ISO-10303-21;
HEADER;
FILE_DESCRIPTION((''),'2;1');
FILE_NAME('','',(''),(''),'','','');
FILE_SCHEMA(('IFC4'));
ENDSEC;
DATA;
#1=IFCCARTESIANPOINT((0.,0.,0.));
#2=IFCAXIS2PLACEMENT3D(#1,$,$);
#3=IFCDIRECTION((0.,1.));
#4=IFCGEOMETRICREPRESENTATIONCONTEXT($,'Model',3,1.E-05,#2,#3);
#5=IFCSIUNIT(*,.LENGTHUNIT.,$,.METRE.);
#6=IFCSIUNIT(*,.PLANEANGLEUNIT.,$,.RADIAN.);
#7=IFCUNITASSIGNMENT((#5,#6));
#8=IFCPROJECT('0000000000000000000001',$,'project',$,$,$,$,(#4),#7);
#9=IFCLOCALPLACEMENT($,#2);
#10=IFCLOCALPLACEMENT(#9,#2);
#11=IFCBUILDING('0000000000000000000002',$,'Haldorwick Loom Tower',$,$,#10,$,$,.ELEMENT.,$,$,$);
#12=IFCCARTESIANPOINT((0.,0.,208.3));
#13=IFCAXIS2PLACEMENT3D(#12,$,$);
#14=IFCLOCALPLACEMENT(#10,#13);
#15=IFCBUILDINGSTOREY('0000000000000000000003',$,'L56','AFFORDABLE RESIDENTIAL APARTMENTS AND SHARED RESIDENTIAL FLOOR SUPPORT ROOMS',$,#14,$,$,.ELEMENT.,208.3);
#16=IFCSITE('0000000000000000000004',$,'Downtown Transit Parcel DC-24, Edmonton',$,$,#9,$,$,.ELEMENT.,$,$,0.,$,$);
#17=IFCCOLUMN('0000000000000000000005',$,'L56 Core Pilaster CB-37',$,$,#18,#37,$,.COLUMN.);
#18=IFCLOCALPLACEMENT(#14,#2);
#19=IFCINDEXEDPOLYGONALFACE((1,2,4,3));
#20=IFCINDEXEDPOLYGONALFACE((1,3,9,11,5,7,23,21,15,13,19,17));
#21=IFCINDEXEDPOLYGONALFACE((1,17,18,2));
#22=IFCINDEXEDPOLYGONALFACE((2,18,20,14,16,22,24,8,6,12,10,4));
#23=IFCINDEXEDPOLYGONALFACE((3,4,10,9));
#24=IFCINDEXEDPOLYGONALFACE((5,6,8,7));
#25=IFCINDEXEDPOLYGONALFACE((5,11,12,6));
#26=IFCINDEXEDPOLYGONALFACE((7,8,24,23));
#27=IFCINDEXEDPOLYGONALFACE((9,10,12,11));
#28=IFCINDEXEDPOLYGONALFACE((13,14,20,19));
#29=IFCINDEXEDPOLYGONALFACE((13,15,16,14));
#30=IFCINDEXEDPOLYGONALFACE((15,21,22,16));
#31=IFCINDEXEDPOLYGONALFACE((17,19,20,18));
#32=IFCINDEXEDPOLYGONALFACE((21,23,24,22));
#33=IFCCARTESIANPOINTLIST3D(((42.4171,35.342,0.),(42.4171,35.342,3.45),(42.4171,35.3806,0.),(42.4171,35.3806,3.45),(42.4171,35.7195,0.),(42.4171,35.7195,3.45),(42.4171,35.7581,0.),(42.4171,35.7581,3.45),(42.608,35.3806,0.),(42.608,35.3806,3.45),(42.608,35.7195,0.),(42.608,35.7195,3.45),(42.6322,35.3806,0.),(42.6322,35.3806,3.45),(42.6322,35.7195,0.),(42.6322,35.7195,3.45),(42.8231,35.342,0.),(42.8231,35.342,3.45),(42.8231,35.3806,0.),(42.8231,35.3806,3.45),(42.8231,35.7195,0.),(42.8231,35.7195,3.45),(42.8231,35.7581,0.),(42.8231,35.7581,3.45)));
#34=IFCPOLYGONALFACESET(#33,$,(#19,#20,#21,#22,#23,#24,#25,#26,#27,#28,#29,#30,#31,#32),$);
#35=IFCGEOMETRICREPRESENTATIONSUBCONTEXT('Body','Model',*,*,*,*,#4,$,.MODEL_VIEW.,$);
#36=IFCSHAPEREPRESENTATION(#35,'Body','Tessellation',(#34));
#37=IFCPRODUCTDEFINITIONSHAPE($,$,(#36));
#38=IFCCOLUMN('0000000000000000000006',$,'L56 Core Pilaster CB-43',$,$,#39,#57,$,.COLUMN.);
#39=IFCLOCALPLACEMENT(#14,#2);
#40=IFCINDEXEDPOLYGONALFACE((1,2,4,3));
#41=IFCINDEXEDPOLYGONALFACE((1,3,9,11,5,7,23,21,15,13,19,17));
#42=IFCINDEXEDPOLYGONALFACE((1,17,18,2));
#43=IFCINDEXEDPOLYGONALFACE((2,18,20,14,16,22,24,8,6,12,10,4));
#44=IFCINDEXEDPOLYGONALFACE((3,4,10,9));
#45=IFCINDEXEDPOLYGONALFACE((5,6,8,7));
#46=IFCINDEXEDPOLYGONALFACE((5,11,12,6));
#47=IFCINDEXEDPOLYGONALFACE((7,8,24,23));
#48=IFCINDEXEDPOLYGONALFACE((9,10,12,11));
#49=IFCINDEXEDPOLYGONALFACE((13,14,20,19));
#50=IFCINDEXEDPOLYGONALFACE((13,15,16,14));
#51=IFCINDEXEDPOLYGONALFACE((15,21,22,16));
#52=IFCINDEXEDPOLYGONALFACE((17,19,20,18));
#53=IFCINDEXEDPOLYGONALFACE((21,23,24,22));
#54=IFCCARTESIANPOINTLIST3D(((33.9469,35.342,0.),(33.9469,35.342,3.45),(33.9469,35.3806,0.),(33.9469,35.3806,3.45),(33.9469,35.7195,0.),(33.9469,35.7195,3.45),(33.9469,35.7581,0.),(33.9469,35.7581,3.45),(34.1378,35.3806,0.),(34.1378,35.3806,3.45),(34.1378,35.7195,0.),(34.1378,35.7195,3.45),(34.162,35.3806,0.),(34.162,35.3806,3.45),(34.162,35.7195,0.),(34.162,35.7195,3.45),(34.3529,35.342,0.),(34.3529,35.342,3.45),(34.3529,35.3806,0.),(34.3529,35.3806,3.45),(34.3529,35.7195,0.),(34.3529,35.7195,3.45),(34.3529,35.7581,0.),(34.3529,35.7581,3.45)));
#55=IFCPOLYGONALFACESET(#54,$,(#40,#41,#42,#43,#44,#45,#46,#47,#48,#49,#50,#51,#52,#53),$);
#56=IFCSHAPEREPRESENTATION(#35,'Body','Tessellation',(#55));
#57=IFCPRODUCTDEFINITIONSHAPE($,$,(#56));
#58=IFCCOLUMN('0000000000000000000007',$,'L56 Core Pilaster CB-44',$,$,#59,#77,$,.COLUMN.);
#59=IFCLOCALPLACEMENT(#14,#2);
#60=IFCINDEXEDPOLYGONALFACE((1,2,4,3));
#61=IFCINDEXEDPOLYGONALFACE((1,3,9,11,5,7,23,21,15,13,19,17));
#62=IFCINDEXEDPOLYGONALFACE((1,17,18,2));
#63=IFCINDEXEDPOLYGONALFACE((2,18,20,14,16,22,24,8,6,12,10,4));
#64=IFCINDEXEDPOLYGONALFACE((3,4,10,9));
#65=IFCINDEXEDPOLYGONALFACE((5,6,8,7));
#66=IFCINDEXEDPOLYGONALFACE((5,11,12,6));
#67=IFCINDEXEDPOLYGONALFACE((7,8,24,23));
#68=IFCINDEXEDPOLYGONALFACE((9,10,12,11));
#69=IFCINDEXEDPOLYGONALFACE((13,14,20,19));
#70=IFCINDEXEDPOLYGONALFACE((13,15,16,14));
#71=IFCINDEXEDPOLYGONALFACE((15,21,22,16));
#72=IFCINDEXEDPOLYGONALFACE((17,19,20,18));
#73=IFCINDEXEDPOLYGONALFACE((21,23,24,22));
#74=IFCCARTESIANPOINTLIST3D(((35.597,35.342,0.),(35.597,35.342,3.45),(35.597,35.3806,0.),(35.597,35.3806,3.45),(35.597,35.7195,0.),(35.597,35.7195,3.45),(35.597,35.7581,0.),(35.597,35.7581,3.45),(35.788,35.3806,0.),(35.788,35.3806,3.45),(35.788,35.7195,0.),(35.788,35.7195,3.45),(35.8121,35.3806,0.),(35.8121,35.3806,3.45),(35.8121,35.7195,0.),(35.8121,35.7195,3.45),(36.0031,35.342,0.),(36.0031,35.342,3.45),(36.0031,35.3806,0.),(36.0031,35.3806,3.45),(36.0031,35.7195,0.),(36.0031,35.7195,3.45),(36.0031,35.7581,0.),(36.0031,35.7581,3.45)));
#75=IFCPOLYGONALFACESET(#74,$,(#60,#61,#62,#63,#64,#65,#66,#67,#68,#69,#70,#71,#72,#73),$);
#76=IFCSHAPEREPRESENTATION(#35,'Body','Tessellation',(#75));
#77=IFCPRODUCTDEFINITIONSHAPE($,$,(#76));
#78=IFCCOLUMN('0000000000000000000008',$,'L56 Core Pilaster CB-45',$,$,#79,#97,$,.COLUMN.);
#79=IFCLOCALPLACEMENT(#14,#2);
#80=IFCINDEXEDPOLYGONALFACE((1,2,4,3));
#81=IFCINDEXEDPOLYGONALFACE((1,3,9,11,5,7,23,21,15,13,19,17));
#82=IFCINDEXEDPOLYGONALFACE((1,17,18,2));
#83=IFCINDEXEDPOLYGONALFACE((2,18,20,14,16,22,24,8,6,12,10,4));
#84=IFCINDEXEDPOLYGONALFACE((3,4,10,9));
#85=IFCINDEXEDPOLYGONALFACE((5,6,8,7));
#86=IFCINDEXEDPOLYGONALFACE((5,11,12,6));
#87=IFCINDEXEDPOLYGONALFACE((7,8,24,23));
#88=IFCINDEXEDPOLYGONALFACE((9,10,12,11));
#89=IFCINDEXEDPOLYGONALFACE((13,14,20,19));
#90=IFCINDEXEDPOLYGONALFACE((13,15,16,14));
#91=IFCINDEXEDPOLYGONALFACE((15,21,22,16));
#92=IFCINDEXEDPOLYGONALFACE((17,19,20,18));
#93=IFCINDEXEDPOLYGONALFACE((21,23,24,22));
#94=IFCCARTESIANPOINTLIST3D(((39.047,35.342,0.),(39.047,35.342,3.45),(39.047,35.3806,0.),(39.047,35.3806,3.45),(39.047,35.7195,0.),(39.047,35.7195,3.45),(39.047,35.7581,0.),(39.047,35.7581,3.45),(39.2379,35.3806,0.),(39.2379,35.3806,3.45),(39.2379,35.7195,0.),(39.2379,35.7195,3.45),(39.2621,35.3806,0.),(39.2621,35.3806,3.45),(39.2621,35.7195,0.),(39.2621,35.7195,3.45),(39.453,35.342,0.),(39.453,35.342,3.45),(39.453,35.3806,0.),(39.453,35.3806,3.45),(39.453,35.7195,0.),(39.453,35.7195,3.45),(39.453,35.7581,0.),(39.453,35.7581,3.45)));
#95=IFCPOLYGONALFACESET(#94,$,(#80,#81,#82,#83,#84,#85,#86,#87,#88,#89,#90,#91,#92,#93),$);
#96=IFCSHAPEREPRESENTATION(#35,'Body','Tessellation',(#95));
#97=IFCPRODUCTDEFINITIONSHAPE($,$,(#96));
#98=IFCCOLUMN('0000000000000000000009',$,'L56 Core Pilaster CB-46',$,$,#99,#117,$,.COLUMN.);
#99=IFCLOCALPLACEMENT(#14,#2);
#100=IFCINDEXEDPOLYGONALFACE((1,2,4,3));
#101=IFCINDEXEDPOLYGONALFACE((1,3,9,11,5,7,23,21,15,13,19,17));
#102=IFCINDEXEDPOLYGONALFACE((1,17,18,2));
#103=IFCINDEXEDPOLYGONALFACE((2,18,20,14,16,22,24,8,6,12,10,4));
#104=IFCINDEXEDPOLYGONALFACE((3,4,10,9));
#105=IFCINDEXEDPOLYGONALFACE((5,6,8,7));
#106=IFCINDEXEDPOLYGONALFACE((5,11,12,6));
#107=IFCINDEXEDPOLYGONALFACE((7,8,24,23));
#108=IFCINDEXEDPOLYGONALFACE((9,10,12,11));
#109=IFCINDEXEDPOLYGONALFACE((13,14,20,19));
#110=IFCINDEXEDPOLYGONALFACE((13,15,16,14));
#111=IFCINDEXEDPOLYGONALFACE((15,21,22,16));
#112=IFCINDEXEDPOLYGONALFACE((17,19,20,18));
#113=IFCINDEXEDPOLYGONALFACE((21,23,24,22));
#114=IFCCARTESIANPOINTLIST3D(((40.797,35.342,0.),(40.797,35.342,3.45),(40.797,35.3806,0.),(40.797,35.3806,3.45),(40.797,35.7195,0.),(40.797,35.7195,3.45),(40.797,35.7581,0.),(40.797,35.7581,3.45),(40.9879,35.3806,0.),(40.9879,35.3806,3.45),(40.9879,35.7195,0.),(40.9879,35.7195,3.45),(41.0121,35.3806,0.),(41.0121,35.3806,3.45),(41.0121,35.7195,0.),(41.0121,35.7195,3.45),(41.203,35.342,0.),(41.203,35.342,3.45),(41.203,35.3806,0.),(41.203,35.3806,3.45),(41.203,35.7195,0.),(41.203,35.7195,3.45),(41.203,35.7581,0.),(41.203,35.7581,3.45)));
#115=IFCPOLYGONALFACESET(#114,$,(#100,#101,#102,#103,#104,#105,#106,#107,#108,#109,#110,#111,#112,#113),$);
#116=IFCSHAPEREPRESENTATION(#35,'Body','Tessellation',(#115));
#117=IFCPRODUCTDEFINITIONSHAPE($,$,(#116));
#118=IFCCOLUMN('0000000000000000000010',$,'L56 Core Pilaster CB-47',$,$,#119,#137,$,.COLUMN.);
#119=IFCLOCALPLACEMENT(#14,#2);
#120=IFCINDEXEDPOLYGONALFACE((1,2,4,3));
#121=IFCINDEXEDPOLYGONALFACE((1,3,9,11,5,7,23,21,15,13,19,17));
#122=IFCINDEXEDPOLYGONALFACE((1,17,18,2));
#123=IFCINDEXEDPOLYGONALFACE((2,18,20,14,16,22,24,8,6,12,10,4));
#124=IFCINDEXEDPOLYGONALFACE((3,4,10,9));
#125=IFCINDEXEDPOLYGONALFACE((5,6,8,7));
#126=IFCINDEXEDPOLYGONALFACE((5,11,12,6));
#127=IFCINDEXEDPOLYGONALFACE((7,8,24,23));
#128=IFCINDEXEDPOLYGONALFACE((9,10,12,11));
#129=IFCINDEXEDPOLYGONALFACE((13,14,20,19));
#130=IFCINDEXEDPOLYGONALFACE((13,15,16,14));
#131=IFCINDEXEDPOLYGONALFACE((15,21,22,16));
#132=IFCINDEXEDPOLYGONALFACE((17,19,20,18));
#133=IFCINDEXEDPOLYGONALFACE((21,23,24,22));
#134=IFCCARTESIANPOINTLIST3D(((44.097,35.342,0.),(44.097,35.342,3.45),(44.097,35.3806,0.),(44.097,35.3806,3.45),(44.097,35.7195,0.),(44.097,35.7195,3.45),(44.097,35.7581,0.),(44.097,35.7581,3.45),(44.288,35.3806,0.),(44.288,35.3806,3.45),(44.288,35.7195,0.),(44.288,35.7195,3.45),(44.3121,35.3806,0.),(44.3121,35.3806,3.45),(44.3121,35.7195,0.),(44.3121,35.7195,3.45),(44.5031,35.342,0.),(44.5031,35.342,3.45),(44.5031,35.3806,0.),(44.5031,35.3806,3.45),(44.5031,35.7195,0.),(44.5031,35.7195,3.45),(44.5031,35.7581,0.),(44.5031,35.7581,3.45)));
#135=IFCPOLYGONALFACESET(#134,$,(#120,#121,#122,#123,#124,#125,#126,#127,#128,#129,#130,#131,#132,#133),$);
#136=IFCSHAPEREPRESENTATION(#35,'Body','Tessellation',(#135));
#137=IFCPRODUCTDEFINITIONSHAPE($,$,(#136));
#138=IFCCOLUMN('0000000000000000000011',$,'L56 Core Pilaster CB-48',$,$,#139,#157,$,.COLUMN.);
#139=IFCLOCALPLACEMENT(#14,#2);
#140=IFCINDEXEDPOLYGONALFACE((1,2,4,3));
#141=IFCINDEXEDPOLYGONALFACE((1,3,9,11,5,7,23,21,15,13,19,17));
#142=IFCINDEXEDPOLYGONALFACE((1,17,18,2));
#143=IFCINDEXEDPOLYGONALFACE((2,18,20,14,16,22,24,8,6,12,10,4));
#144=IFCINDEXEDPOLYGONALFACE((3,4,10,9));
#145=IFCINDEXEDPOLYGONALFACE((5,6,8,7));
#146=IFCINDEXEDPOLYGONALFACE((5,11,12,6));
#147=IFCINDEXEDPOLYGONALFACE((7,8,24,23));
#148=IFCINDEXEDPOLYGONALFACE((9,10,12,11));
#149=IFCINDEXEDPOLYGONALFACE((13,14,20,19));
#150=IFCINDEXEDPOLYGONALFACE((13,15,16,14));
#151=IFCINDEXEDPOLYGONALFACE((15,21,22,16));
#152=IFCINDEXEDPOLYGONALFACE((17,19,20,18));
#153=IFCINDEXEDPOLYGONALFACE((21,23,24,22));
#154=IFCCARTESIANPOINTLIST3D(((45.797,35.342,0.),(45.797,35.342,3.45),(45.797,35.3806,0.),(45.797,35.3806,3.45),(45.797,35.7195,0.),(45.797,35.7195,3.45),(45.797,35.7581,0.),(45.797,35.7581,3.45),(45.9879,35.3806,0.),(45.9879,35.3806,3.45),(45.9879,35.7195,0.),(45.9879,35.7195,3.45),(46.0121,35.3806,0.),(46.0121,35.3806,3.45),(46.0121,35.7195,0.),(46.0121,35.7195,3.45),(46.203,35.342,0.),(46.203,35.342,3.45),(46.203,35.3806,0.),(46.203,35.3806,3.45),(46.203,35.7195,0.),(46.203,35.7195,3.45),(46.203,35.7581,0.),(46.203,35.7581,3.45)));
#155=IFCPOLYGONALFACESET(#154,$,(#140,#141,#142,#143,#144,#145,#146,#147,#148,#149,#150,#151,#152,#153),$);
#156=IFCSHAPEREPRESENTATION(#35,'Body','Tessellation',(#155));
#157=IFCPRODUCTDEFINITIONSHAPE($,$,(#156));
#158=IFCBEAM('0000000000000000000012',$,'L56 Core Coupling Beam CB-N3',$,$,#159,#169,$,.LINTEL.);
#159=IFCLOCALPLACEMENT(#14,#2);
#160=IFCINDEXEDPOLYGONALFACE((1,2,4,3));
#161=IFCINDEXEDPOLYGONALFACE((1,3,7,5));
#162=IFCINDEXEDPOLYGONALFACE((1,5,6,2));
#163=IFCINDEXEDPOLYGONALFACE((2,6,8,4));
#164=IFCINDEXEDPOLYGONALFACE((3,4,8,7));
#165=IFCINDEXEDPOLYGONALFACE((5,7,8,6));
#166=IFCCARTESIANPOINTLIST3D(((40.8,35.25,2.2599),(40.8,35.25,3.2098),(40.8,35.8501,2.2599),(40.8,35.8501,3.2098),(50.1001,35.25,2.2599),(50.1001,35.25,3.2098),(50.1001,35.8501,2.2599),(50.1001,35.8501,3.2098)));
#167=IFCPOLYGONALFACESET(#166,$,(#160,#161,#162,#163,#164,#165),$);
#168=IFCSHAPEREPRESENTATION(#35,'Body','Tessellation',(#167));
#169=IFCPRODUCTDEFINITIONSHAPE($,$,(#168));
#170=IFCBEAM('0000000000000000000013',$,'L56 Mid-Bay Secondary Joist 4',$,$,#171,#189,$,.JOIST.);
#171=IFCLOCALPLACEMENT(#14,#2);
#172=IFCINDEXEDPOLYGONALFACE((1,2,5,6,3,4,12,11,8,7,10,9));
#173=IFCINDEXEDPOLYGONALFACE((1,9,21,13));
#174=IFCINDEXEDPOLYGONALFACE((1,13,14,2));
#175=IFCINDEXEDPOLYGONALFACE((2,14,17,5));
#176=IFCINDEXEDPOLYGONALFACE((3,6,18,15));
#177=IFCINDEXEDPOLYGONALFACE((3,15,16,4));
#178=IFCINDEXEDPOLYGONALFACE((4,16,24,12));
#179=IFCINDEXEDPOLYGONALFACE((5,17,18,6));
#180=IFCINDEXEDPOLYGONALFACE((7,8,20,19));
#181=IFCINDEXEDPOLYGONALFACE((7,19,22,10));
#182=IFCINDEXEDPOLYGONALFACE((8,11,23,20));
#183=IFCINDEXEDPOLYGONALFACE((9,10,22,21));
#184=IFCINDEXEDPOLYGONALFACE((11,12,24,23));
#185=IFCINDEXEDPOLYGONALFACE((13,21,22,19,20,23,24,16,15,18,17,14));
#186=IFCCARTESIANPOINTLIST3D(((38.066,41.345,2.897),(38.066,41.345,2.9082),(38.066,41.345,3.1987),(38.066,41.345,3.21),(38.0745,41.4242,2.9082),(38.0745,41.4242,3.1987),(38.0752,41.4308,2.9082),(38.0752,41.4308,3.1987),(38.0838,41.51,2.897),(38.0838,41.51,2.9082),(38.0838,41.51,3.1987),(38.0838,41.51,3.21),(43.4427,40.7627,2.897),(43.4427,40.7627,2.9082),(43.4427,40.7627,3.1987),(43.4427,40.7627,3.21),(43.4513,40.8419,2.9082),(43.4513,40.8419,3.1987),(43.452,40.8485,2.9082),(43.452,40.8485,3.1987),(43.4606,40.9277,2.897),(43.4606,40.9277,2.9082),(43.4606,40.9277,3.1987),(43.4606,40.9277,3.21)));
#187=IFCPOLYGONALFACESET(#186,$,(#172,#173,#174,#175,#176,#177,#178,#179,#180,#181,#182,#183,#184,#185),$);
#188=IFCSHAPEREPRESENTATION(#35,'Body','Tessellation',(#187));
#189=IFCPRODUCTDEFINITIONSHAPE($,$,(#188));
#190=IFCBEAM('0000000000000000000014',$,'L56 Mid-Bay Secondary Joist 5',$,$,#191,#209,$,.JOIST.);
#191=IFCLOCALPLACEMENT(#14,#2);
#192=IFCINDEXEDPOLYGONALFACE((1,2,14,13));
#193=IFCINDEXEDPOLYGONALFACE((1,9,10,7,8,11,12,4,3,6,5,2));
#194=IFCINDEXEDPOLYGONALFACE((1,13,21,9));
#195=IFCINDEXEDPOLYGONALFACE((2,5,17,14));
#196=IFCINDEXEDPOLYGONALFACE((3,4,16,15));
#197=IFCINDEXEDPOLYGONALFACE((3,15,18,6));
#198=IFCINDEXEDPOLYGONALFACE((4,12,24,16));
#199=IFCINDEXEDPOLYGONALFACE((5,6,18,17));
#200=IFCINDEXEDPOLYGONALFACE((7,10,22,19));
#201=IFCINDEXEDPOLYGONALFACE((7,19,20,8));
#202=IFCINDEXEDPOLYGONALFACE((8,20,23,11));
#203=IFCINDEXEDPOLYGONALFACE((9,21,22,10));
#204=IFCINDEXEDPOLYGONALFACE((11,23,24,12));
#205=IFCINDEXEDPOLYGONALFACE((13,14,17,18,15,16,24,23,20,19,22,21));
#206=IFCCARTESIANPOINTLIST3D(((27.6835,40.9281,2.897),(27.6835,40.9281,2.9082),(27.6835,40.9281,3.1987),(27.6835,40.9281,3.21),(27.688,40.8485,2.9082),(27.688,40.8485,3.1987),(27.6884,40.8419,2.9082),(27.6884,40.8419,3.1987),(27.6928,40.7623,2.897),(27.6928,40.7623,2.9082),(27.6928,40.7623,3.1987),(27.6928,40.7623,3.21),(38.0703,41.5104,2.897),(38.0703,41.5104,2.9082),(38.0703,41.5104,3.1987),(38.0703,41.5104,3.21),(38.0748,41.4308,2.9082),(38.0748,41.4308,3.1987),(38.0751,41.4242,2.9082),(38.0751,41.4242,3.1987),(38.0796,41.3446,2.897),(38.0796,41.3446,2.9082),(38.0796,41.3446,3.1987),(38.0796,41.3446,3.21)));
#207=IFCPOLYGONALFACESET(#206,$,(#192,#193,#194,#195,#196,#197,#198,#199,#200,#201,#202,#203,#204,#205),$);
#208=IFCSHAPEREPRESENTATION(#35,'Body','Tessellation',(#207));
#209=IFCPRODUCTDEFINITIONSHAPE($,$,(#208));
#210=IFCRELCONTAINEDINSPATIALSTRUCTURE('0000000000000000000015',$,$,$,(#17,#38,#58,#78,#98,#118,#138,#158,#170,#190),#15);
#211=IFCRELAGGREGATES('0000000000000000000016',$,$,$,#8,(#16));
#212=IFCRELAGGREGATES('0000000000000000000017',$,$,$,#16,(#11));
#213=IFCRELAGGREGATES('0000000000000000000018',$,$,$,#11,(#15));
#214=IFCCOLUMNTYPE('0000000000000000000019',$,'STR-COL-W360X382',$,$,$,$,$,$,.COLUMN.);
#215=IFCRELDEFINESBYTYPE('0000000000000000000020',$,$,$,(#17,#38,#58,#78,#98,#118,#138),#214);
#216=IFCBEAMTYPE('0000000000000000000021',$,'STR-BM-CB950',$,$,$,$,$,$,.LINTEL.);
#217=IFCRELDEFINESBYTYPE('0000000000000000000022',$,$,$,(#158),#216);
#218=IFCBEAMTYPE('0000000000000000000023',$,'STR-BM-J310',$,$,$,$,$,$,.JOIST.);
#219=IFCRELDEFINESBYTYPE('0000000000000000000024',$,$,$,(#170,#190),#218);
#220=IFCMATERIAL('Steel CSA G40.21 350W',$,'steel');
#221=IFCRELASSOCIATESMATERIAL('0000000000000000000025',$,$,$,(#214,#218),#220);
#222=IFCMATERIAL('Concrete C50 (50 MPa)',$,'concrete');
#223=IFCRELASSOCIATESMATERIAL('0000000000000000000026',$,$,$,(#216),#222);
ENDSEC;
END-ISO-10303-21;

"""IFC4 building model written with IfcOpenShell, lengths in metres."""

from ifc_helpers import new_model, si_unit, direction, frame, origin, origin_2d, place, context, subcontext, project, spatial, rectangle, i_section, extrude, material, material_profile, profile_set, type_object, element, save


model = new_model("IFC4")

# Units and contexts
model_context = context("Model", 3, precision=1e-05, world=origin(), true_north=direction((0.0, 1.0)))
body_context = subcontext(model_context, "Body", "Model", "MODEL_VIEW")
ifc_project = project(units=[si_unit("LENGTHUNIT", "METRE"), si_unit("PLANEANGLEUNIT", "RADIAN")], contexts=[model_context])

# Site, building, storey
site_placement = place(None, origin())
site = spatial("IfcSite", under=ifc_project, at=site_placement, Name="Downtown Transit Parcel DC-24, Edmonton", CompositionType="ELEMENT", RefElevation=0.0)
building_placement = place(site_placement, origin())
building = spatial("IfcBuilding", under=site, at=building_placement, Name="Haldorwick Loom Tower", CompositionType="ELEMENT")
storey_placement = place(building_placement, frame((0.0, 0.0, 208.3)))
storey = spatial("IfcBuildingStorey", under=building, at=storey_placement, Name="L56", Description="AFFORDABLE RESIDENTIAL APARTMENTS AND SHARED RESIDENTIAL FLOOR SUPPORT ROOMS", CompositionType="ELEMENT", Elevation=208.3)

# Columns
ifc_material_1 = material(Name="Steel CSA G40.21 350W", Category="steel")
ifc_material_profile_1 = material_profile(ifc_material_1, i_section(OverallWidth=0.406, OverallDepth=0.416, WebThickness=0.0242, FlangeThickness=0.0386, at=origin_2d()), Name="W360X382", Category="steel")
ifc_profile_set_1 = profile_set([ifc_material_profile_1], Name="Steel CSA G40.21 350W")
column_type_1 = type_object("IfcColumnType", Name="STR-COL-W360X382", PredefinedType="COLUMN", material=ifc_profile_set_1)
for number, where, z_axis, x_axis, name in (
    (1, (42.6201, 35.55, 0.0), (0.0, 0.0, 1.0), (1.0, 0.0, 0.0), "L56 Core Pilaster CB-37"),
    (2, (34.1499, 35.55, 0.0), (0.0, 0.0, 1.0), (1.0, 0.0, 0.0), "L56 Core Pilaster CB-43"),
    (3, (35.8, 35.55, 0.0), (0.0, 0.0, 1.0), (1.0, 0.0, 0.0), "L56 Core Pilaster CB-44"),
    (4, (39.25, 35.55, 0.0), (0.0, 0.0, 1.0), (1.0, 0.0, 0.0), "L56 Core Pilaster CB-45"),
    (5, (41.0, 35.55, 0.0), (0.0, 0.0, 1.0), (1.0, 0.0, 0.0), "L56 Core Pilaster CB-46"),
    (6, (44.3, 35.55, 0.0), (0.0, 0.0, 1.0), (1.0, 0.0, 0.0), "L56 Core Pilaster CB-47"),
    (7, (46.0, 35.55, 0.0), (0.0, 0.0, 1.0), (1.0, 0.0, 0.0), "L56 Core Pilaster CB-48"),
):
    element("IfcColumn", number, at=place(storey_placement, frame(where, z_axis=z_axis, x_axis=x_axis)), inside=storey, type_object=column_type_1, Name=name, PredefinedType="COLUMN", context=body_context, shape_type="SweptSolid", body=[
        extrude(i_section(OverallWidth=0.406, OverallDepth=0.416, WebThickness=0.0242, FlangeThickness=0.0386, at=origin_2d()), origin(), (0.0, 0.0, 1.0), 3.45),
    ])

# Beams
ifc_material_2 = material(Name="Concrete C50 (50 MPa)", Category="concrete")
ifc_material_profile_2 = material_profile(ifc_material_2, rectangle(XDim=0.6001, YDim=0.95, at=origin_2d()), Name="RC600X950", Category="concrete")
ifc_profile_set_2 = profile_set([ifc_material_profile_2], Name="Concrete C50 (50 MPa)")
beam_type_1 = type_object("IfcBeamType", Name="STR-BM-CB950", PredefinedType="LINTEL", material=ifc_profile_set_2)
beam_1_placement = place(storey_placement, frame((40.8, 35.55, 2.7349), z_axis=(1.0, 0.0, 0.0), x_axis=(0.0, 1.0, 0.0)))
element("IfcBeam", 8, at=beam_1_placement, inside=storey, type_object=beam_type_1, Name="L56 Core Coupling Beam CB-N3", PredefinedType="LINTEL", context=body_context, shape_type="SweptSolid", body=[
    extrude(rectangle(XDim=0.6001, YDim=0.95, at=origin_2d()), origin(), (0.0, 0.0, 1.0), 9.3),
])
ifc_material_profile_3 = material_profile(ifc_material_1, i_section(OverallWidth=0.166, OverallDepth=0.313, WebThickness=0.0066, FlangeThickness=0.0112, at=origin_2d()), Name="W310X45", Category="steel")
ifc_profile_set_3 = profile_set([ifc_material_profile_3], Name="Steel CSA G40.21 350W")
beam_type_2 = type_object("IfcBeamType", Name="STR-BM-J310", PredefinedType="JOIST", material=ifc_profile_set_3)
beam_2_placement = place(storey_placement, frame((43.4517, 40.8452, 3.0535), z_axis=(-0.994187, 0.107666, 0.0), x_axis=(-0.107666, -0.994187, 0.0)))
element("IfcBeam", 9, at=beam_2_placement, inside=storey, type_object=beam_type_2, Name="L56 Mid-Bay Secondary Joist 4", PredefinedType="JOIST", context=body_context, shape_type="SweptSolid", body=[
    extrude(i_section(OverallWidth=0.166, OverallDepth=0.313, WebThickness=0.0066, FlangeThickness=0.0112, at=origin_2d()), origin(), (0.0, 0.0, 1.0), 5.4082),
])
beam_3_placement = place(storey_placement, frame((38.075, 41.4275, 3.0535), z_axis=(-0.998432, -0.055972, 0.0), x_axis=(0.055972, -0.998432, 0.0)))
element("IfcBeam", 10, at=beam_3_placement, inside=storey, type_object=beam_type_2, Name="L56 Mid-Bay Secondary Joist 5", PredefinedType="JOIST", context=body_context, shape_type="SweptSolid", body=[
    extrude(i_section(OverallWidth=0.166, OverallDepth=0.313, WebThickness=0.0066, FlangeThickness=0.0112, at=origin_2d()), origin(), (0.0, 0.0, 1.0), 10.4031),
])

save(model, "model.ifc")
